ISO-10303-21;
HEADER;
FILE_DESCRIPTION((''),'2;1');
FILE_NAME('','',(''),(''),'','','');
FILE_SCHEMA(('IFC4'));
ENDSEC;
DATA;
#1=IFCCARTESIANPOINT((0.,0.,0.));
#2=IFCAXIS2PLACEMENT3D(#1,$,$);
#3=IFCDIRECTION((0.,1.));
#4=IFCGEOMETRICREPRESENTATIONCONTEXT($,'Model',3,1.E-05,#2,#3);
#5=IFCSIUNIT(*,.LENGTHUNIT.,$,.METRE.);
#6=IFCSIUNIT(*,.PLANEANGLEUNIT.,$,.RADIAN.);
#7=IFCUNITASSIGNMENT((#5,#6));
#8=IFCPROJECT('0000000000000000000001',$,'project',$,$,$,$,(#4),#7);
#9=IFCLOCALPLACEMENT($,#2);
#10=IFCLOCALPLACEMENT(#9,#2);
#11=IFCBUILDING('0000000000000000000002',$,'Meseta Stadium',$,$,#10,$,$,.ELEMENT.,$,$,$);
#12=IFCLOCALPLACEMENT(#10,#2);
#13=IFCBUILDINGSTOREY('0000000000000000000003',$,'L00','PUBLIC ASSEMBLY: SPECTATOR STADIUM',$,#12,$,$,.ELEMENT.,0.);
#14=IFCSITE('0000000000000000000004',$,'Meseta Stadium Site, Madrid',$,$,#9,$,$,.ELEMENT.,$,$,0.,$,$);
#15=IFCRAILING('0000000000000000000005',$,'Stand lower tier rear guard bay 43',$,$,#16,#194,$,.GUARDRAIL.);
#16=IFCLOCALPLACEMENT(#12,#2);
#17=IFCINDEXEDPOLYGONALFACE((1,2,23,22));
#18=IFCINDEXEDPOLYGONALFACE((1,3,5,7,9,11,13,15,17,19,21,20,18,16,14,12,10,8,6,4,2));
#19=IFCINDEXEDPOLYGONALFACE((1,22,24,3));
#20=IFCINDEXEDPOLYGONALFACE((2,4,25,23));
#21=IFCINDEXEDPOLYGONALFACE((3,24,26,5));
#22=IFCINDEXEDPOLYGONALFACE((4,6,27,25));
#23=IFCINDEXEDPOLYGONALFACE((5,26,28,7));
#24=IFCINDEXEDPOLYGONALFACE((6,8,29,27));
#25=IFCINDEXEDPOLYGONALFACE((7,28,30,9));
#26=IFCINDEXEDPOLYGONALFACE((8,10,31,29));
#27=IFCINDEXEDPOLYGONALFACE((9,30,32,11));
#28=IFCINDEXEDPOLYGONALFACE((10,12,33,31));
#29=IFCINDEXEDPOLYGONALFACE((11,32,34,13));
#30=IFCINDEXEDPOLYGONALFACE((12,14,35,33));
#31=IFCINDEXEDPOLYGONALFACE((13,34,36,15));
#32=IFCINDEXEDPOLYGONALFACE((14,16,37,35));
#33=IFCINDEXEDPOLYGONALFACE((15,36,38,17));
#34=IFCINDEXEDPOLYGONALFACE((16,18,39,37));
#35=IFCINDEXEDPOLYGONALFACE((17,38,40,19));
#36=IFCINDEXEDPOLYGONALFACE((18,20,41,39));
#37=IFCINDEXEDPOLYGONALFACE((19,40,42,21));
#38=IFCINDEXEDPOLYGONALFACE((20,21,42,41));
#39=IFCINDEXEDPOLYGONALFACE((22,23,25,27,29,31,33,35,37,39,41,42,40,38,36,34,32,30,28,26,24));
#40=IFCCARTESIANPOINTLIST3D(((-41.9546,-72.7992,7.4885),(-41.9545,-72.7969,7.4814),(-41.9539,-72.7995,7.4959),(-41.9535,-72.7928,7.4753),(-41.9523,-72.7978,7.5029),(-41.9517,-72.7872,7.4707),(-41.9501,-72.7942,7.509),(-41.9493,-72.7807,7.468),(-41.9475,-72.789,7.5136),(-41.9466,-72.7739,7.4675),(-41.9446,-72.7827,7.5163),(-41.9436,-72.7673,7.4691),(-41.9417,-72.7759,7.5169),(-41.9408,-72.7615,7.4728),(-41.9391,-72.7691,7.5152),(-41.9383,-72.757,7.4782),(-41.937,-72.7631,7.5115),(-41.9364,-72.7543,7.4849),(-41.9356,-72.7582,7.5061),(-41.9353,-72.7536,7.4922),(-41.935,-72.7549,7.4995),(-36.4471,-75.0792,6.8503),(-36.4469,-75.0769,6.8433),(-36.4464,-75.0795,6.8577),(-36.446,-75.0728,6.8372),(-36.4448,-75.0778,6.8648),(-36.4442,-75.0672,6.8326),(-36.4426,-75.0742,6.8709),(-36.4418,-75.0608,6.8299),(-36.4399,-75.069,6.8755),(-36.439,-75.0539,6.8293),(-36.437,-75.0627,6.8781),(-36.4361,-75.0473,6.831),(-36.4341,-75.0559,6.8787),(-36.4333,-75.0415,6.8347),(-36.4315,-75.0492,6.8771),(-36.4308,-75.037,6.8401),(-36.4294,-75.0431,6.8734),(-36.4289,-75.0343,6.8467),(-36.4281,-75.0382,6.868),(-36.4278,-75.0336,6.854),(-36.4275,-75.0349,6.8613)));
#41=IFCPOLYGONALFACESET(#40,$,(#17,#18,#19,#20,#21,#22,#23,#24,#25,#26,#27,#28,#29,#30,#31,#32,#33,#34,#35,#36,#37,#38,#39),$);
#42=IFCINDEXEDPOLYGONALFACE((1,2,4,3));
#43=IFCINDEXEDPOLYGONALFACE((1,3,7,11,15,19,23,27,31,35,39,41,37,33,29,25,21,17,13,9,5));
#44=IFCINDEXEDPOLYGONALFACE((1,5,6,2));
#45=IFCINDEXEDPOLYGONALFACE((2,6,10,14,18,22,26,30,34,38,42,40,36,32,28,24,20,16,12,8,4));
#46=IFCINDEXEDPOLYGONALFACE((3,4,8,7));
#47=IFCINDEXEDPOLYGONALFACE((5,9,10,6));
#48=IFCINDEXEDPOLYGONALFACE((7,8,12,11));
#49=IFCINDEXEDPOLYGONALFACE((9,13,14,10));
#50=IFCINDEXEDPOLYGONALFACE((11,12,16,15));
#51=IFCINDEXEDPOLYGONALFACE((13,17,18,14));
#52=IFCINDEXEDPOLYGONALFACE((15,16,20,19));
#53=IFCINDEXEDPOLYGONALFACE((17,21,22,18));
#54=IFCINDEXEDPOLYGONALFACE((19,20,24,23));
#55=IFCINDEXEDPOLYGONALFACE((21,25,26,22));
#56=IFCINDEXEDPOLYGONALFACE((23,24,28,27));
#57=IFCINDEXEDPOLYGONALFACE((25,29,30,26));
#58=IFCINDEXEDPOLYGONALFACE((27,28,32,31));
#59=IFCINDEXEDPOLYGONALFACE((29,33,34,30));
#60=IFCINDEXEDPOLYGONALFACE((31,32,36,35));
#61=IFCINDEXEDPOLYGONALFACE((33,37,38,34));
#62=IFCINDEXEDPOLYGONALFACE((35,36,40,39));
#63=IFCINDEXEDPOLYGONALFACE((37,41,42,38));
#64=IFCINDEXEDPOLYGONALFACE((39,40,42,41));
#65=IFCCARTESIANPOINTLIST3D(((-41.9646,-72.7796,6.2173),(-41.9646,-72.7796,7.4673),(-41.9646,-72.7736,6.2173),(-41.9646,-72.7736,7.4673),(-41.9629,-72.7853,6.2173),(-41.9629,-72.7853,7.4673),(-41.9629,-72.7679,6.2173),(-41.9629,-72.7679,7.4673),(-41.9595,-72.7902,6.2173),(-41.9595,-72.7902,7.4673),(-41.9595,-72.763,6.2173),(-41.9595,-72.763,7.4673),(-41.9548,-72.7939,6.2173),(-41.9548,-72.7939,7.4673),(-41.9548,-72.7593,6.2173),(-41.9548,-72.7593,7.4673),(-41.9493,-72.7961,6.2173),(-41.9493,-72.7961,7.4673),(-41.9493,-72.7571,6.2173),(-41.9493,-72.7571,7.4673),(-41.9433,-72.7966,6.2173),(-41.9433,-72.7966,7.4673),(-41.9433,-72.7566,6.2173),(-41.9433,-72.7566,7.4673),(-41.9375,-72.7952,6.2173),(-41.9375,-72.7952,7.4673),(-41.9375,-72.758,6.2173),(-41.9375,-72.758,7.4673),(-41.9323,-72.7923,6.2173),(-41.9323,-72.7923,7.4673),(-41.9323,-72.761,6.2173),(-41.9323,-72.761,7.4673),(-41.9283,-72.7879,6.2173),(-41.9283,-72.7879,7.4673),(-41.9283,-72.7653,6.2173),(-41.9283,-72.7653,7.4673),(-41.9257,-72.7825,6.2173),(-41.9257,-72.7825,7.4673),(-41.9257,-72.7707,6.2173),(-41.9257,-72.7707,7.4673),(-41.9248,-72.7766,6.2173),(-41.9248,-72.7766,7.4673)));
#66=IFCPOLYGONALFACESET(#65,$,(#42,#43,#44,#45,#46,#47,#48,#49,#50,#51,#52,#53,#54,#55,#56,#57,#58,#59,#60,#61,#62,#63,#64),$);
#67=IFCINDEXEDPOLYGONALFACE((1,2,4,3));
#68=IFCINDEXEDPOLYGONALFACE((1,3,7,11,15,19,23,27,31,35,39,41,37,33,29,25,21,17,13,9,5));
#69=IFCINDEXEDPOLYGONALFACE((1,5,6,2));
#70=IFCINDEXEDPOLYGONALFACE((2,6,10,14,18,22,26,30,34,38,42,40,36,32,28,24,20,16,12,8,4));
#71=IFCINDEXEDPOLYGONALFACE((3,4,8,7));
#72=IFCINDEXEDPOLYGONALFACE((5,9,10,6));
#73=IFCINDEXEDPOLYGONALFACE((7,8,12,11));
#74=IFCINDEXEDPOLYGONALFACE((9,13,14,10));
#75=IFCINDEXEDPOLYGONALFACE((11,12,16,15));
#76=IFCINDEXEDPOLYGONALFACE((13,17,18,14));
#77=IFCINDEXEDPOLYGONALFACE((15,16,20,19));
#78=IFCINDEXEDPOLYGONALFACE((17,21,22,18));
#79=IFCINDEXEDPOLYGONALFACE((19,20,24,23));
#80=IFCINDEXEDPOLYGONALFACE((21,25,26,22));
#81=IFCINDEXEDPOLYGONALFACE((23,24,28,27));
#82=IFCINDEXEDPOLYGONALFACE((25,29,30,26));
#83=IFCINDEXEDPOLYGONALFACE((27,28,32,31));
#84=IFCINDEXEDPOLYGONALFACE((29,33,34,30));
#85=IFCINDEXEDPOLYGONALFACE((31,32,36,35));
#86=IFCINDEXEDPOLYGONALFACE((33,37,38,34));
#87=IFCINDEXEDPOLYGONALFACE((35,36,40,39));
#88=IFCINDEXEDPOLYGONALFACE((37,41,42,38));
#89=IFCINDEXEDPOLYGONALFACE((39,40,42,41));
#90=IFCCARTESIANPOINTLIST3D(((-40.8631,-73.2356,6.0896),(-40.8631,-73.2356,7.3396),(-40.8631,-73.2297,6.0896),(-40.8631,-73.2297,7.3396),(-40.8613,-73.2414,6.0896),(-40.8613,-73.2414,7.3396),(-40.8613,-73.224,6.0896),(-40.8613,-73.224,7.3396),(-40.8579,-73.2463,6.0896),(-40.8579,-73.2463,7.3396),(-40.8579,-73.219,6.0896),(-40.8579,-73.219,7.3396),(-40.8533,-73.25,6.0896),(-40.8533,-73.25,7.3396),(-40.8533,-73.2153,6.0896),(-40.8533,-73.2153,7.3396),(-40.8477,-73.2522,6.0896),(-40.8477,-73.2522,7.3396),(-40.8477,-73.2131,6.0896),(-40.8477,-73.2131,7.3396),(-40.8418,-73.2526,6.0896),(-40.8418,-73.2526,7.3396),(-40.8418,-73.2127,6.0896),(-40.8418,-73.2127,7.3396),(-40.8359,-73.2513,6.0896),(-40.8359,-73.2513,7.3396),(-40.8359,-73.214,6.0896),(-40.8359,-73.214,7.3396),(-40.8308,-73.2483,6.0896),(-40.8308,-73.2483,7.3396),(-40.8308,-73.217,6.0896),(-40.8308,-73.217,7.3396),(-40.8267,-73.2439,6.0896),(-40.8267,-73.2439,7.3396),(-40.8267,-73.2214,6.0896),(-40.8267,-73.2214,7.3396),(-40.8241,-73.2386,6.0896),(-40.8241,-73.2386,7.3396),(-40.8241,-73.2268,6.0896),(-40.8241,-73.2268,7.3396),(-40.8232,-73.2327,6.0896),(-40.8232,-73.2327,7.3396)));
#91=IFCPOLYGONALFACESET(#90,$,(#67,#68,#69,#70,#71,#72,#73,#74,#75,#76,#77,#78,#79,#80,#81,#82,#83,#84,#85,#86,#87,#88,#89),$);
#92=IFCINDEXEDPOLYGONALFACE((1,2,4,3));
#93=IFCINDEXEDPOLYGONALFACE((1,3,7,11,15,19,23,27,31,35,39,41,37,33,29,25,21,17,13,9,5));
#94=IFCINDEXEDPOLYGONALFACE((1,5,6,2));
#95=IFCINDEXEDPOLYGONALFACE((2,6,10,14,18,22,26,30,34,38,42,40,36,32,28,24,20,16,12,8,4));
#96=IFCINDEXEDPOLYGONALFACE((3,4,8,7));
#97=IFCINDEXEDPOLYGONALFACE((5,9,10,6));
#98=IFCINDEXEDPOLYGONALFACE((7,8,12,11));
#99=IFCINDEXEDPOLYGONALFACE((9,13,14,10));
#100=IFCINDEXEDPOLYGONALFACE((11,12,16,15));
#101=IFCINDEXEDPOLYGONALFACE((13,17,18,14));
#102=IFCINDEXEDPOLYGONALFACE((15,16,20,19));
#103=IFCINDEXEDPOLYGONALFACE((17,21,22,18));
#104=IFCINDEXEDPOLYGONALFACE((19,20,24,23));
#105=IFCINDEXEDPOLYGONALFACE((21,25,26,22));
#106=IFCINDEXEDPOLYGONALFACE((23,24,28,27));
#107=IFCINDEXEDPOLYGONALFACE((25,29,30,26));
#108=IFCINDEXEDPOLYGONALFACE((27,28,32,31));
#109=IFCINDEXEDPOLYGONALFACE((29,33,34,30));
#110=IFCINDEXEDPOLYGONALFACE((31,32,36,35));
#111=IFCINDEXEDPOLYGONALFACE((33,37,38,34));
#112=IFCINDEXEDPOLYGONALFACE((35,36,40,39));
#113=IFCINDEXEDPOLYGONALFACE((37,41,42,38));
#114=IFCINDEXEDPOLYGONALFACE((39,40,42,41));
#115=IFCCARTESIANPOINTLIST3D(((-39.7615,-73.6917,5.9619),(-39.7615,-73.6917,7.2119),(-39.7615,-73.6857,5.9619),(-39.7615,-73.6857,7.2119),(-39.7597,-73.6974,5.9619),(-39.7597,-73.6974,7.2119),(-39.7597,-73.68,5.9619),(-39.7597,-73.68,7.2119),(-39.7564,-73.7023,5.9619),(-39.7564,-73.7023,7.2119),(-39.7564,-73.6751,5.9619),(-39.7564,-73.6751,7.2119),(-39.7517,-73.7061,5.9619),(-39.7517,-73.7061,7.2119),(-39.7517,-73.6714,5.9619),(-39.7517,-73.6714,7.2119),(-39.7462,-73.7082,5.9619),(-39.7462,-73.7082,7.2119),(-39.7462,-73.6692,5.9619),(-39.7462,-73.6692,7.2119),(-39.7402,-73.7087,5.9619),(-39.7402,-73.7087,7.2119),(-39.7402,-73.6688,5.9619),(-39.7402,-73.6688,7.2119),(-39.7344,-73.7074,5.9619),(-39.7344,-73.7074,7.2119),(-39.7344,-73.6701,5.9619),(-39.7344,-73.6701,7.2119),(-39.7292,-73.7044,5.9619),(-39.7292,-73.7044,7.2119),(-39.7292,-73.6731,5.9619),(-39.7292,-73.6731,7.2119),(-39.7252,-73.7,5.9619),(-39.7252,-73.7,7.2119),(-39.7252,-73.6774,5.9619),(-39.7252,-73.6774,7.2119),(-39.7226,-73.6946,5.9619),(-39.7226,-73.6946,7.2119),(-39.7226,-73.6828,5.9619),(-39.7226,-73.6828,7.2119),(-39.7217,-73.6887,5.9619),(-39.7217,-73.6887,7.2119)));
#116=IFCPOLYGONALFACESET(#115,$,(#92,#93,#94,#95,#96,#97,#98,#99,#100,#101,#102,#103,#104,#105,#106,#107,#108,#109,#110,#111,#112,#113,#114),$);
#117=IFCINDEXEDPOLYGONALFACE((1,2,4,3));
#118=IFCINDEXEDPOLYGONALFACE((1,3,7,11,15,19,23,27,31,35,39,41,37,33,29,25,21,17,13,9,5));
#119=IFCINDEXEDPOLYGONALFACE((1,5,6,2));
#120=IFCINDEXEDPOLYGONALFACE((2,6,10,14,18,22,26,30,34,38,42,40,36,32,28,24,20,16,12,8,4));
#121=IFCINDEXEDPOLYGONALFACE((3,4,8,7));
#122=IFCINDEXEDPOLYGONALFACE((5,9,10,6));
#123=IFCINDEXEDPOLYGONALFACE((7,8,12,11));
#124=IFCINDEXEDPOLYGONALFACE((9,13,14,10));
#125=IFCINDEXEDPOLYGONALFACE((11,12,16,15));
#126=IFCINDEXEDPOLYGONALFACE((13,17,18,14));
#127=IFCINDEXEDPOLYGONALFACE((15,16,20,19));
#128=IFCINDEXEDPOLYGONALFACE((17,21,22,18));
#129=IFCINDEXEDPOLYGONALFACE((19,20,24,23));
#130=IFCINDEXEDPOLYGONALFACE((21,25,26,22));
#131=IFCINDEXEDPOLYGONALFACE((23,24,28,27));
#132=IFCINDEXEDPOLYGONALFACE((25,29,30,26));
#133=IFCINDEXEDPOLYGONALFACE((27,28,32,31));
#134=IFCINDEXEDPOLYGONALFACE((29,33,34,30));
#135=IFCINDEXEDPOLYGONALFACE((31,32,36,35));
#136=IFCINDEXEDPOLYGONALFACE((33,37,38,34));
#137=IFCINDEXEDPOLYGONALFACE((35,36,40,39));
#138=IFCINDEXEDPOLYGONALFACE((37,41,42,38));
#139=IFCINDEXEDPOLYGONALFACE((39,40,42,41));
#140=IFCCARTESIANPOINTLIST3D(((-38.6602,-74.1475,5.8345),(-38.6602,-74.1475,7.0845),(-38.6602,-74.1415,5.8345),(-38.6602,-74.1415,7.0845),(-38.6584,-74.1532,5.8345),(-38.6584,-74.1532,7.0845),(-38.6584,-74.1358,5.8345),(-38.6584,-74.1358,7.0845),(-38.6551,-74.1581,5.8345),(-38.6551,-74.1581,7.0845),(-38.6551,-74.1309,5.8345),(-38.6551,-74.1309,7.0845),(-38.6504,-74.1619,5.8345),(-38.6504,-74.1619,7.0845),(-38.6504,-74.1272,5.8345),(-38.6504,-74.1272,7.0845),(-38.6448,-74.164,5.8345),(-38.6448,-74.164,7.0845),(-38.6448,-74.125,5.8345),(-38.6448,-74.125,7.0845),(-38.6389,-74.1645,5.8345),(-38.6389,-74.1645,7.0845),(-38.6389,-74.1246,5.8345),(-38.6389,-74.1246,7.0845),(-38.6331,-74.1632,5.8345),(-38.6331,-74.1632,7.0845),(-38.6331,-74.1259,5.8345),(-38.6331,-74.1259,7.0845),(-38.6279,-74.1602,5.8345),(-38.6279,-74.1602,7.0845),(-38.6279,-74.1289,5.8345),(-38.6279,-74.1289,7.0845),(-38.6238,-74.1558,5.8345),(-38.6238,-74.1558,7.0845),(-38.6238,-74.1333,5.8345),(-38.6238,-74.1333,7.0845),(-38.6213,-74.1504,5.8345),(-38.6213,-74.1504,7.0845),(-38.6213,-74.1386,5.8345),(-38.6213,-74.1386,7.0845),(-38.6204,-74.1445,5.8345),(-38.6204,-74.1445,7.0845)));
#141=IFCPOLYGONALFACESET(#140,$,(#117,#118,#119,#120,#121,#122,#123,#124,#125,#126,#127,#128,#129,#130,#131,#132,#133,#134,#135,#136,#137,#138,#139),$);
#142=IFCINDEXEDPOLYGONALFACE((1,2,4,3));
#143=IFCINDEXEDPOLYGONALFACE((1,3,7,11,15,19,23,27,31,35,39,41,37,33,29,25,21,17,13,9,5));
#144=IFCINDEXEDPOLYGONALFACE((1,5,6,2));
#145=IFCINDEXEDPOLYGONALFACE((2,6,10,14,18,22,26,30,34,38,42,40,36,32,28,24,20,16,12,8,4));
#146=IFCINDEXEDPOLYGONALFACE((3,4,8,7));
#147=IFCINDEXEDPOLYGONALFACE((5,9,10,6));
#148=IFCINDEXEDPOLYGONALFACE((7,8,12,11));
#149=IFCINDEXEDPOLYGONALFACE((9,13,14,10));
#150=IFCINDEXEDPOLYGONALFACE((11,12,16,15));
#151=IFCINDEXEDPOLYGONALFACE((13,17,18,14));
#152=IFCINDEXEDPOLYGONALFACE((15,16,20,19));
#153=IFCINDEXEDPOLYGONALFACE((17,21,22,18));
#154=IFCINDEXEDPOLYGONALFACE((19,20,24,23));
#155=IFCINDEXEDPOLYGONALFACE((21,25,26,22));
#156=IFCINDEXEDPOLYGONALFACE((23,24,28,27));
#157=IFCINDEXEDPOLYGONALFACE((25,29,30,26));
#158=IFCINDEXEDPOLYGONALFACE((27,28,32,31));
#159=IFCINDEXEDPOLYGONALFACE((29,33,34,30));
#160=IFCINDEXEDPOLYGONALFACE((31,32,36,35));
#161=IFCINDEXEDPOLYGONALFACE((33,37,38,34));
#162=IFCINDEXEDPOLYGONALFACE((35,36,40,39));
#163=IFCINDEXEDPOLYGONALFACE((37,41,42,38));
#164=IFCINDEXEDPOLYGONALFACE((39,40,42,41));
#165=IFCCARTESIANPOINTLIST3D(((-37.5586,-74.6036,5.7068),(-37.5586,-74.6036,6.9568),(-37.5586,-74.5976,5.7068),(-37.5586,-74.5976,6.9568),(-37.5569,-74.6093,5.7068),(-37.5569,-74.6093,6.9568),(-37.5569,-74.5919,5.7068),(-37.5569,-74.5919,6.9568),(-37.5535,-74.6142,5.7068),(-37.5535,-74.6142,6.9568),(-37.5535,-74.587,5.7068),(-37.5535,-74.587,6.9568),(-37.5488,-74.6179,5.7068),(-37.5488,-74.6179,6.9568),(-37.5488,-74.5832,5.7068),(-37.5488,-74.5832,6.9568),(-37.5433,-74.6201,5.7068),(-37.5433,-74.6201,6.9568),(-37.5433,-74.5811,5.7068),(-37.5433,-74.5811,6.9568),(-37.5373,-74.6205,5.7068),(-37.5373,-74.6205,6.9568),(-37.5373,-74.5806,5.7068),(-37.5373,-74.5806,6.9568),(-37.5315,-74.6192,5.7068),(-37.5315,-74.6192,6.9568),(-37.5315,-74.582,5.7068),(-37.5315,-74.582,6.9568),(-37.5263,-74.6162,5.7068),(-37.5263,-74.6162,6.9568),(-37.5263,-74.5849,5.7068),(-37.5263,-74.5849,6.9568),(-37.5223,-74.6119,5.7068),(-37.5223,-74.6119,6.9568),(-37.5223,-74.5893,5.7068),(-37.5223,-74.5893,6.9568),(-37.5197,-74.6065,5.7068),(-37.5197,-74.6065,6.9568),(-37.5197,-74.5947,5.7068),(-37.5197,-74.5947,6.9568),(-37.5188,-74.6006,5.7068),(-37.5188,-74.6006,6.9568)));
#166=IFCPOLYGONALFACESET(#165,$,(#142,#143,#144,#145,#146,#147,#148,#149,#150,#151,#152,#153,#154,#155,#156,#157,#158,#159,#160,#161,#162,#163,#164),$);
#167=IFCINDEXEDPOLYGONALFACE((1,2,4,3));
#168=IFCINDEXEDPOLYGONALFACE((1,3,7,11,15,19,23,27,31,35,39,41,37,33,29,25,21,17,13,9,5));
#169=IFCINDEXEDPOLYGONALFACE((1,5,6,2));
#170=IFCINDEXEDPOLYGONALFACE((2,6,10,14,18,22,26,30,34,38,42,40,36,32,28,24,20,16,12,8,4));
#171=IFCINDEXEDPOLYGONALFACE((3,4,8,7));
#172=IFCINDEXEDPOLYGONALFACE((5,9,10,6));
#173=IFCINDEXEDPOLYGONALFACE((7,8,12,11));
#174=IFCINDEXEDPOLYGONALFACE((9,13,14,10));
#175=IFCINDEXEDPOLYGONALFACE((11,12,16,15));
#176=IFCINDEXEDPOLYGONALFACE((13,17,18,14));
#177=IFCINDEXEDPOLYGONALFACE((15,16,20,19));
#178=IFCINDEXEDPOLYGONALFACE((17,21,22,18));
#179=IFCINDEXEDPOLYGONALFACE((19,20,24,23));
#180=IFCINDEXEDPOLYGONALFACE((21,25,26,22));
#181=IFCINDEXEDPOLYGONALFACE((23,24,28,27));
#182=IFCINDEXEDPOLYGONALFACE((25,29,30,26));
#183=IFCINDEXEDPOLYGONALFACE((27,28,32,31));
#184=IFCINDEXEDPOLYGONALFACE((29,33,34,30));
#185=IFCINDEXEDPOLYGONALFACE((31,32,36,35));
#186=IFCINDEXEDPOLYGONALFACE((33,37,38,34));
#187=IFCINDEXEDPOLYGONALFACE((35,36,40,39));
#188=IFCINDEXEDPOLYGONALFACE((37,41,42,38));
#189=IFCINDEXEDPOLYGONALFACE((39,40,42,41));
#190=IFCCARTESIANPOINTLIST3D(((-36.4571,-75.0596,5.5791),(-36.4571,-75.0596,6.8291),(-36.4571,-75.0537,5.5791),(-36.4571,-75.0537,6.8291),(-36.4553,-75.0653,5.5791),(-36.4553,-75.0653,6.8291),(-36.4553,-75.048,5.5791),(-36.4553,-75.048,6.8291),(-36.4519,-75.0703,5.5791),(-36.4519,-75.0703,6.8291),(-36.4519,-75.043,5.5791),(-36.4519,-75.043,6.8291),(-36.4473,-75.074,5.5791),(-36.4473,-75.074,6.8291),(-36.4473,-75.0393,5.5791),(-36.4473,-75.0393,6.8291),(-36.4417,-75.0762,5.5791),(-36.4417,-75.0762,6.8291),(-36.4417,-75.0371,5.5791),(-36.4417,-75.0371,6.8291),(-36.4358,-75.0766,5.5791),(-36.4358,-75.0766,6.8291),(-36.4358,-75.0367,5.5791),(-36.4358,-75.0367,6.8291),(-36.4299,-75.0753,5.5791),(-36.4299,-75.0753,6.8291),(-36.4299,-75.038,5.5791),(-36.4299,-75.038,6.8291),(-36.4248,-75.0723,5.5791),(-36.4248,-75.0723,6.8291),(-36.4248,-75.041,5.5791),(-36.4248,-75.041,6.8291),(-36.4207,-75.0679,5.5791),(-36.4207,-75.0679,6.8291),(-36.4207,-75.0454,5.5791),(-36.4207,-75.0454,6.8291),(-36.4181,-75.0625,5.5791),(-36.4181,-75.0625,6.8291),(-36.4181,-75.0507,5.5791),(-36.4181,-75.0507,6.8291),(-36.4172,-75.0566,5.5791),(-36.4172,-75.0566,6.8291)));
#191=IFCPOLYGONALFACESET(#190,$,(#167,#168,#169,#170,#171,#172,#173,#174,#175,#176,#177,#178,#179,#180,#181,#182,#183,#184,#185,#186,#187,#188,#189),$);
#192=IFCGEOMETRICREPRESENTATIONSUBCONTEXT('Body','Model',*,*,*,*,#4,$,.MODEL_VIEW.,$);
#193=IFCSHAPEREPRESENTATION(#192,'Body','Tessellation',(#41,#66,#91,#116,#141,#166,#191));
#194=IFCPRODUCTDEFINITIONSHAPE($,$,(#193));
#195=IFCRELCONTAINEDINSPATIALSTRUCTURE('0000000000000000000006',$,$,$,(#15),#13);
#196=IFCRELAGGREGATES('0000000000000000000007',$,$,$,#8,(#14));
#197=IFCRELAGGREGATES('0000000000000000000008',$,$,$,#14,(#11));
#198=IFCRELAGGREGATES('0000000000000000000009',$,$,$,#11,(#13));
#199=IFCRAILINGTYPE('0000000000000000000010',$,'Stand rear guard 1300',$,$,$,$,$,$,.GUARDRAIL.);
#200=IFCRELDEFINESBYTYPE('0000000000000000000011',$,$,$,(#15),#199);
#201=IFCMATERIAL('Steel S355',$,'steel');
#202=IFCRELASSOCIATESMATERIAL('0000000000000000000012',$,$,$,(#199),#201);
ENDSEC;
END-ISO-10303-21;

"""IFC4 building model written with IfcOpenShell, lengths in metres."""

from ifc_helpers import new_model, si_unit, direction, frame, origin, origin_2d, place, context, subcontext, project, spatial, circle, extrude, material, type_object, element, save


model = new_model("IFC4")

# Units and contexts
model_context = context("Model", 3, precision=1e-05, world=origin(), true_north=direction((0.0, 1.0)))
body_context = subcontext(model_context, "Body", "Model", "MODEL_VIEW")
ifc_project = project(units=[si_unit("LENGTHUNIT", "METRE"), si_unit("PLANEANGLEUNIT", "RADIAN")], contexts=[model_context])

# Site, building, storey
site_placement = place(None, origin())
site = spatial("IfcSite", under=ifc_project, at=site_placement, Name="Meseta Stadium Site, Madrid", CompositionType="ELEMENT", RefElevation=0.0)
building_placement = place(site_placement, origin())
building = spatial("IfcBuilding", under=site, at=building_placement, Name="Meseta Stadium", CompositionType="ELEMENT")
storey_placement = place(building_placement, origin())
storey = spatial("IfcBuildingStorey", under=building, at=storey_placement, Name="L00", Description="PUBLIC ASSEMBLY: SPECTATOR STADIUM", CompositionType="ELEMENT", Elevation=0.0)

# Railing
ifc_material_1 = material(Name="Steel S355", Category="steel")
railing_type_1 = type_object("IfcRailingType", Name="Stand rear guard 1300", PredefinedType="GUARDRAIL", material=ifc_material_1)
railing_1_placement = place(storey_placement, frame((-41.9448, -72.7766, 6.2173)))
element("IfcRailing", 1, at=railing_1_placement, inside=storey, type_object=railing_type_1, Name="Stand lower tier rear guard bay 43", PredefinedType="GUARDRAIL", context=body_context, shape_type="SweptSolid", body=[
    extrude(circle(Radius=0.0249, at=origin_2d()), frame((0.0, 0.0, 1.2749), z_axis=(0.918705, -0.380327, -0.106454), x_axis=(0.3825, 0.923955, 0.0)), (0.0, 0.0, 1.0), 5.9949),
    extrude(circle(Radius=0.02, at=origin_2d()), origin(), (0.0, 0.0, 1.0), 1.25),
    extrude(circle(Radius=0.02, at=origin_2d()), frame((1.1016, -0.4561, -0.1277)), (0.0, 0.0, 1.0), 1.25),
    extrude(circle(Radius=0.02, at=origin_2d()), frame((2.2031, -0.9121, -0.2554)), (0.0, 0.0, 1.0), 1.25),
    extrude(circle(Radius=0.02, at=origin_2d()), frame((3.3044, -1.3679, -0.3828)), (0.0, 0.0, 1.0), 1.25),
    extrude(circle(Radius=0.02, at=origin_2d()), frame((4.406, -1.824, -0.5105)), (0.0, 0.0, 1.0), 1.25),
    extrude(circle(Radius=0.02, at=origin_2d()), frame((5.5076, -2.28, -0.6382)), (0.0, 0.0, 1.0), 1.25),
])

save(model, "model.ifc")
